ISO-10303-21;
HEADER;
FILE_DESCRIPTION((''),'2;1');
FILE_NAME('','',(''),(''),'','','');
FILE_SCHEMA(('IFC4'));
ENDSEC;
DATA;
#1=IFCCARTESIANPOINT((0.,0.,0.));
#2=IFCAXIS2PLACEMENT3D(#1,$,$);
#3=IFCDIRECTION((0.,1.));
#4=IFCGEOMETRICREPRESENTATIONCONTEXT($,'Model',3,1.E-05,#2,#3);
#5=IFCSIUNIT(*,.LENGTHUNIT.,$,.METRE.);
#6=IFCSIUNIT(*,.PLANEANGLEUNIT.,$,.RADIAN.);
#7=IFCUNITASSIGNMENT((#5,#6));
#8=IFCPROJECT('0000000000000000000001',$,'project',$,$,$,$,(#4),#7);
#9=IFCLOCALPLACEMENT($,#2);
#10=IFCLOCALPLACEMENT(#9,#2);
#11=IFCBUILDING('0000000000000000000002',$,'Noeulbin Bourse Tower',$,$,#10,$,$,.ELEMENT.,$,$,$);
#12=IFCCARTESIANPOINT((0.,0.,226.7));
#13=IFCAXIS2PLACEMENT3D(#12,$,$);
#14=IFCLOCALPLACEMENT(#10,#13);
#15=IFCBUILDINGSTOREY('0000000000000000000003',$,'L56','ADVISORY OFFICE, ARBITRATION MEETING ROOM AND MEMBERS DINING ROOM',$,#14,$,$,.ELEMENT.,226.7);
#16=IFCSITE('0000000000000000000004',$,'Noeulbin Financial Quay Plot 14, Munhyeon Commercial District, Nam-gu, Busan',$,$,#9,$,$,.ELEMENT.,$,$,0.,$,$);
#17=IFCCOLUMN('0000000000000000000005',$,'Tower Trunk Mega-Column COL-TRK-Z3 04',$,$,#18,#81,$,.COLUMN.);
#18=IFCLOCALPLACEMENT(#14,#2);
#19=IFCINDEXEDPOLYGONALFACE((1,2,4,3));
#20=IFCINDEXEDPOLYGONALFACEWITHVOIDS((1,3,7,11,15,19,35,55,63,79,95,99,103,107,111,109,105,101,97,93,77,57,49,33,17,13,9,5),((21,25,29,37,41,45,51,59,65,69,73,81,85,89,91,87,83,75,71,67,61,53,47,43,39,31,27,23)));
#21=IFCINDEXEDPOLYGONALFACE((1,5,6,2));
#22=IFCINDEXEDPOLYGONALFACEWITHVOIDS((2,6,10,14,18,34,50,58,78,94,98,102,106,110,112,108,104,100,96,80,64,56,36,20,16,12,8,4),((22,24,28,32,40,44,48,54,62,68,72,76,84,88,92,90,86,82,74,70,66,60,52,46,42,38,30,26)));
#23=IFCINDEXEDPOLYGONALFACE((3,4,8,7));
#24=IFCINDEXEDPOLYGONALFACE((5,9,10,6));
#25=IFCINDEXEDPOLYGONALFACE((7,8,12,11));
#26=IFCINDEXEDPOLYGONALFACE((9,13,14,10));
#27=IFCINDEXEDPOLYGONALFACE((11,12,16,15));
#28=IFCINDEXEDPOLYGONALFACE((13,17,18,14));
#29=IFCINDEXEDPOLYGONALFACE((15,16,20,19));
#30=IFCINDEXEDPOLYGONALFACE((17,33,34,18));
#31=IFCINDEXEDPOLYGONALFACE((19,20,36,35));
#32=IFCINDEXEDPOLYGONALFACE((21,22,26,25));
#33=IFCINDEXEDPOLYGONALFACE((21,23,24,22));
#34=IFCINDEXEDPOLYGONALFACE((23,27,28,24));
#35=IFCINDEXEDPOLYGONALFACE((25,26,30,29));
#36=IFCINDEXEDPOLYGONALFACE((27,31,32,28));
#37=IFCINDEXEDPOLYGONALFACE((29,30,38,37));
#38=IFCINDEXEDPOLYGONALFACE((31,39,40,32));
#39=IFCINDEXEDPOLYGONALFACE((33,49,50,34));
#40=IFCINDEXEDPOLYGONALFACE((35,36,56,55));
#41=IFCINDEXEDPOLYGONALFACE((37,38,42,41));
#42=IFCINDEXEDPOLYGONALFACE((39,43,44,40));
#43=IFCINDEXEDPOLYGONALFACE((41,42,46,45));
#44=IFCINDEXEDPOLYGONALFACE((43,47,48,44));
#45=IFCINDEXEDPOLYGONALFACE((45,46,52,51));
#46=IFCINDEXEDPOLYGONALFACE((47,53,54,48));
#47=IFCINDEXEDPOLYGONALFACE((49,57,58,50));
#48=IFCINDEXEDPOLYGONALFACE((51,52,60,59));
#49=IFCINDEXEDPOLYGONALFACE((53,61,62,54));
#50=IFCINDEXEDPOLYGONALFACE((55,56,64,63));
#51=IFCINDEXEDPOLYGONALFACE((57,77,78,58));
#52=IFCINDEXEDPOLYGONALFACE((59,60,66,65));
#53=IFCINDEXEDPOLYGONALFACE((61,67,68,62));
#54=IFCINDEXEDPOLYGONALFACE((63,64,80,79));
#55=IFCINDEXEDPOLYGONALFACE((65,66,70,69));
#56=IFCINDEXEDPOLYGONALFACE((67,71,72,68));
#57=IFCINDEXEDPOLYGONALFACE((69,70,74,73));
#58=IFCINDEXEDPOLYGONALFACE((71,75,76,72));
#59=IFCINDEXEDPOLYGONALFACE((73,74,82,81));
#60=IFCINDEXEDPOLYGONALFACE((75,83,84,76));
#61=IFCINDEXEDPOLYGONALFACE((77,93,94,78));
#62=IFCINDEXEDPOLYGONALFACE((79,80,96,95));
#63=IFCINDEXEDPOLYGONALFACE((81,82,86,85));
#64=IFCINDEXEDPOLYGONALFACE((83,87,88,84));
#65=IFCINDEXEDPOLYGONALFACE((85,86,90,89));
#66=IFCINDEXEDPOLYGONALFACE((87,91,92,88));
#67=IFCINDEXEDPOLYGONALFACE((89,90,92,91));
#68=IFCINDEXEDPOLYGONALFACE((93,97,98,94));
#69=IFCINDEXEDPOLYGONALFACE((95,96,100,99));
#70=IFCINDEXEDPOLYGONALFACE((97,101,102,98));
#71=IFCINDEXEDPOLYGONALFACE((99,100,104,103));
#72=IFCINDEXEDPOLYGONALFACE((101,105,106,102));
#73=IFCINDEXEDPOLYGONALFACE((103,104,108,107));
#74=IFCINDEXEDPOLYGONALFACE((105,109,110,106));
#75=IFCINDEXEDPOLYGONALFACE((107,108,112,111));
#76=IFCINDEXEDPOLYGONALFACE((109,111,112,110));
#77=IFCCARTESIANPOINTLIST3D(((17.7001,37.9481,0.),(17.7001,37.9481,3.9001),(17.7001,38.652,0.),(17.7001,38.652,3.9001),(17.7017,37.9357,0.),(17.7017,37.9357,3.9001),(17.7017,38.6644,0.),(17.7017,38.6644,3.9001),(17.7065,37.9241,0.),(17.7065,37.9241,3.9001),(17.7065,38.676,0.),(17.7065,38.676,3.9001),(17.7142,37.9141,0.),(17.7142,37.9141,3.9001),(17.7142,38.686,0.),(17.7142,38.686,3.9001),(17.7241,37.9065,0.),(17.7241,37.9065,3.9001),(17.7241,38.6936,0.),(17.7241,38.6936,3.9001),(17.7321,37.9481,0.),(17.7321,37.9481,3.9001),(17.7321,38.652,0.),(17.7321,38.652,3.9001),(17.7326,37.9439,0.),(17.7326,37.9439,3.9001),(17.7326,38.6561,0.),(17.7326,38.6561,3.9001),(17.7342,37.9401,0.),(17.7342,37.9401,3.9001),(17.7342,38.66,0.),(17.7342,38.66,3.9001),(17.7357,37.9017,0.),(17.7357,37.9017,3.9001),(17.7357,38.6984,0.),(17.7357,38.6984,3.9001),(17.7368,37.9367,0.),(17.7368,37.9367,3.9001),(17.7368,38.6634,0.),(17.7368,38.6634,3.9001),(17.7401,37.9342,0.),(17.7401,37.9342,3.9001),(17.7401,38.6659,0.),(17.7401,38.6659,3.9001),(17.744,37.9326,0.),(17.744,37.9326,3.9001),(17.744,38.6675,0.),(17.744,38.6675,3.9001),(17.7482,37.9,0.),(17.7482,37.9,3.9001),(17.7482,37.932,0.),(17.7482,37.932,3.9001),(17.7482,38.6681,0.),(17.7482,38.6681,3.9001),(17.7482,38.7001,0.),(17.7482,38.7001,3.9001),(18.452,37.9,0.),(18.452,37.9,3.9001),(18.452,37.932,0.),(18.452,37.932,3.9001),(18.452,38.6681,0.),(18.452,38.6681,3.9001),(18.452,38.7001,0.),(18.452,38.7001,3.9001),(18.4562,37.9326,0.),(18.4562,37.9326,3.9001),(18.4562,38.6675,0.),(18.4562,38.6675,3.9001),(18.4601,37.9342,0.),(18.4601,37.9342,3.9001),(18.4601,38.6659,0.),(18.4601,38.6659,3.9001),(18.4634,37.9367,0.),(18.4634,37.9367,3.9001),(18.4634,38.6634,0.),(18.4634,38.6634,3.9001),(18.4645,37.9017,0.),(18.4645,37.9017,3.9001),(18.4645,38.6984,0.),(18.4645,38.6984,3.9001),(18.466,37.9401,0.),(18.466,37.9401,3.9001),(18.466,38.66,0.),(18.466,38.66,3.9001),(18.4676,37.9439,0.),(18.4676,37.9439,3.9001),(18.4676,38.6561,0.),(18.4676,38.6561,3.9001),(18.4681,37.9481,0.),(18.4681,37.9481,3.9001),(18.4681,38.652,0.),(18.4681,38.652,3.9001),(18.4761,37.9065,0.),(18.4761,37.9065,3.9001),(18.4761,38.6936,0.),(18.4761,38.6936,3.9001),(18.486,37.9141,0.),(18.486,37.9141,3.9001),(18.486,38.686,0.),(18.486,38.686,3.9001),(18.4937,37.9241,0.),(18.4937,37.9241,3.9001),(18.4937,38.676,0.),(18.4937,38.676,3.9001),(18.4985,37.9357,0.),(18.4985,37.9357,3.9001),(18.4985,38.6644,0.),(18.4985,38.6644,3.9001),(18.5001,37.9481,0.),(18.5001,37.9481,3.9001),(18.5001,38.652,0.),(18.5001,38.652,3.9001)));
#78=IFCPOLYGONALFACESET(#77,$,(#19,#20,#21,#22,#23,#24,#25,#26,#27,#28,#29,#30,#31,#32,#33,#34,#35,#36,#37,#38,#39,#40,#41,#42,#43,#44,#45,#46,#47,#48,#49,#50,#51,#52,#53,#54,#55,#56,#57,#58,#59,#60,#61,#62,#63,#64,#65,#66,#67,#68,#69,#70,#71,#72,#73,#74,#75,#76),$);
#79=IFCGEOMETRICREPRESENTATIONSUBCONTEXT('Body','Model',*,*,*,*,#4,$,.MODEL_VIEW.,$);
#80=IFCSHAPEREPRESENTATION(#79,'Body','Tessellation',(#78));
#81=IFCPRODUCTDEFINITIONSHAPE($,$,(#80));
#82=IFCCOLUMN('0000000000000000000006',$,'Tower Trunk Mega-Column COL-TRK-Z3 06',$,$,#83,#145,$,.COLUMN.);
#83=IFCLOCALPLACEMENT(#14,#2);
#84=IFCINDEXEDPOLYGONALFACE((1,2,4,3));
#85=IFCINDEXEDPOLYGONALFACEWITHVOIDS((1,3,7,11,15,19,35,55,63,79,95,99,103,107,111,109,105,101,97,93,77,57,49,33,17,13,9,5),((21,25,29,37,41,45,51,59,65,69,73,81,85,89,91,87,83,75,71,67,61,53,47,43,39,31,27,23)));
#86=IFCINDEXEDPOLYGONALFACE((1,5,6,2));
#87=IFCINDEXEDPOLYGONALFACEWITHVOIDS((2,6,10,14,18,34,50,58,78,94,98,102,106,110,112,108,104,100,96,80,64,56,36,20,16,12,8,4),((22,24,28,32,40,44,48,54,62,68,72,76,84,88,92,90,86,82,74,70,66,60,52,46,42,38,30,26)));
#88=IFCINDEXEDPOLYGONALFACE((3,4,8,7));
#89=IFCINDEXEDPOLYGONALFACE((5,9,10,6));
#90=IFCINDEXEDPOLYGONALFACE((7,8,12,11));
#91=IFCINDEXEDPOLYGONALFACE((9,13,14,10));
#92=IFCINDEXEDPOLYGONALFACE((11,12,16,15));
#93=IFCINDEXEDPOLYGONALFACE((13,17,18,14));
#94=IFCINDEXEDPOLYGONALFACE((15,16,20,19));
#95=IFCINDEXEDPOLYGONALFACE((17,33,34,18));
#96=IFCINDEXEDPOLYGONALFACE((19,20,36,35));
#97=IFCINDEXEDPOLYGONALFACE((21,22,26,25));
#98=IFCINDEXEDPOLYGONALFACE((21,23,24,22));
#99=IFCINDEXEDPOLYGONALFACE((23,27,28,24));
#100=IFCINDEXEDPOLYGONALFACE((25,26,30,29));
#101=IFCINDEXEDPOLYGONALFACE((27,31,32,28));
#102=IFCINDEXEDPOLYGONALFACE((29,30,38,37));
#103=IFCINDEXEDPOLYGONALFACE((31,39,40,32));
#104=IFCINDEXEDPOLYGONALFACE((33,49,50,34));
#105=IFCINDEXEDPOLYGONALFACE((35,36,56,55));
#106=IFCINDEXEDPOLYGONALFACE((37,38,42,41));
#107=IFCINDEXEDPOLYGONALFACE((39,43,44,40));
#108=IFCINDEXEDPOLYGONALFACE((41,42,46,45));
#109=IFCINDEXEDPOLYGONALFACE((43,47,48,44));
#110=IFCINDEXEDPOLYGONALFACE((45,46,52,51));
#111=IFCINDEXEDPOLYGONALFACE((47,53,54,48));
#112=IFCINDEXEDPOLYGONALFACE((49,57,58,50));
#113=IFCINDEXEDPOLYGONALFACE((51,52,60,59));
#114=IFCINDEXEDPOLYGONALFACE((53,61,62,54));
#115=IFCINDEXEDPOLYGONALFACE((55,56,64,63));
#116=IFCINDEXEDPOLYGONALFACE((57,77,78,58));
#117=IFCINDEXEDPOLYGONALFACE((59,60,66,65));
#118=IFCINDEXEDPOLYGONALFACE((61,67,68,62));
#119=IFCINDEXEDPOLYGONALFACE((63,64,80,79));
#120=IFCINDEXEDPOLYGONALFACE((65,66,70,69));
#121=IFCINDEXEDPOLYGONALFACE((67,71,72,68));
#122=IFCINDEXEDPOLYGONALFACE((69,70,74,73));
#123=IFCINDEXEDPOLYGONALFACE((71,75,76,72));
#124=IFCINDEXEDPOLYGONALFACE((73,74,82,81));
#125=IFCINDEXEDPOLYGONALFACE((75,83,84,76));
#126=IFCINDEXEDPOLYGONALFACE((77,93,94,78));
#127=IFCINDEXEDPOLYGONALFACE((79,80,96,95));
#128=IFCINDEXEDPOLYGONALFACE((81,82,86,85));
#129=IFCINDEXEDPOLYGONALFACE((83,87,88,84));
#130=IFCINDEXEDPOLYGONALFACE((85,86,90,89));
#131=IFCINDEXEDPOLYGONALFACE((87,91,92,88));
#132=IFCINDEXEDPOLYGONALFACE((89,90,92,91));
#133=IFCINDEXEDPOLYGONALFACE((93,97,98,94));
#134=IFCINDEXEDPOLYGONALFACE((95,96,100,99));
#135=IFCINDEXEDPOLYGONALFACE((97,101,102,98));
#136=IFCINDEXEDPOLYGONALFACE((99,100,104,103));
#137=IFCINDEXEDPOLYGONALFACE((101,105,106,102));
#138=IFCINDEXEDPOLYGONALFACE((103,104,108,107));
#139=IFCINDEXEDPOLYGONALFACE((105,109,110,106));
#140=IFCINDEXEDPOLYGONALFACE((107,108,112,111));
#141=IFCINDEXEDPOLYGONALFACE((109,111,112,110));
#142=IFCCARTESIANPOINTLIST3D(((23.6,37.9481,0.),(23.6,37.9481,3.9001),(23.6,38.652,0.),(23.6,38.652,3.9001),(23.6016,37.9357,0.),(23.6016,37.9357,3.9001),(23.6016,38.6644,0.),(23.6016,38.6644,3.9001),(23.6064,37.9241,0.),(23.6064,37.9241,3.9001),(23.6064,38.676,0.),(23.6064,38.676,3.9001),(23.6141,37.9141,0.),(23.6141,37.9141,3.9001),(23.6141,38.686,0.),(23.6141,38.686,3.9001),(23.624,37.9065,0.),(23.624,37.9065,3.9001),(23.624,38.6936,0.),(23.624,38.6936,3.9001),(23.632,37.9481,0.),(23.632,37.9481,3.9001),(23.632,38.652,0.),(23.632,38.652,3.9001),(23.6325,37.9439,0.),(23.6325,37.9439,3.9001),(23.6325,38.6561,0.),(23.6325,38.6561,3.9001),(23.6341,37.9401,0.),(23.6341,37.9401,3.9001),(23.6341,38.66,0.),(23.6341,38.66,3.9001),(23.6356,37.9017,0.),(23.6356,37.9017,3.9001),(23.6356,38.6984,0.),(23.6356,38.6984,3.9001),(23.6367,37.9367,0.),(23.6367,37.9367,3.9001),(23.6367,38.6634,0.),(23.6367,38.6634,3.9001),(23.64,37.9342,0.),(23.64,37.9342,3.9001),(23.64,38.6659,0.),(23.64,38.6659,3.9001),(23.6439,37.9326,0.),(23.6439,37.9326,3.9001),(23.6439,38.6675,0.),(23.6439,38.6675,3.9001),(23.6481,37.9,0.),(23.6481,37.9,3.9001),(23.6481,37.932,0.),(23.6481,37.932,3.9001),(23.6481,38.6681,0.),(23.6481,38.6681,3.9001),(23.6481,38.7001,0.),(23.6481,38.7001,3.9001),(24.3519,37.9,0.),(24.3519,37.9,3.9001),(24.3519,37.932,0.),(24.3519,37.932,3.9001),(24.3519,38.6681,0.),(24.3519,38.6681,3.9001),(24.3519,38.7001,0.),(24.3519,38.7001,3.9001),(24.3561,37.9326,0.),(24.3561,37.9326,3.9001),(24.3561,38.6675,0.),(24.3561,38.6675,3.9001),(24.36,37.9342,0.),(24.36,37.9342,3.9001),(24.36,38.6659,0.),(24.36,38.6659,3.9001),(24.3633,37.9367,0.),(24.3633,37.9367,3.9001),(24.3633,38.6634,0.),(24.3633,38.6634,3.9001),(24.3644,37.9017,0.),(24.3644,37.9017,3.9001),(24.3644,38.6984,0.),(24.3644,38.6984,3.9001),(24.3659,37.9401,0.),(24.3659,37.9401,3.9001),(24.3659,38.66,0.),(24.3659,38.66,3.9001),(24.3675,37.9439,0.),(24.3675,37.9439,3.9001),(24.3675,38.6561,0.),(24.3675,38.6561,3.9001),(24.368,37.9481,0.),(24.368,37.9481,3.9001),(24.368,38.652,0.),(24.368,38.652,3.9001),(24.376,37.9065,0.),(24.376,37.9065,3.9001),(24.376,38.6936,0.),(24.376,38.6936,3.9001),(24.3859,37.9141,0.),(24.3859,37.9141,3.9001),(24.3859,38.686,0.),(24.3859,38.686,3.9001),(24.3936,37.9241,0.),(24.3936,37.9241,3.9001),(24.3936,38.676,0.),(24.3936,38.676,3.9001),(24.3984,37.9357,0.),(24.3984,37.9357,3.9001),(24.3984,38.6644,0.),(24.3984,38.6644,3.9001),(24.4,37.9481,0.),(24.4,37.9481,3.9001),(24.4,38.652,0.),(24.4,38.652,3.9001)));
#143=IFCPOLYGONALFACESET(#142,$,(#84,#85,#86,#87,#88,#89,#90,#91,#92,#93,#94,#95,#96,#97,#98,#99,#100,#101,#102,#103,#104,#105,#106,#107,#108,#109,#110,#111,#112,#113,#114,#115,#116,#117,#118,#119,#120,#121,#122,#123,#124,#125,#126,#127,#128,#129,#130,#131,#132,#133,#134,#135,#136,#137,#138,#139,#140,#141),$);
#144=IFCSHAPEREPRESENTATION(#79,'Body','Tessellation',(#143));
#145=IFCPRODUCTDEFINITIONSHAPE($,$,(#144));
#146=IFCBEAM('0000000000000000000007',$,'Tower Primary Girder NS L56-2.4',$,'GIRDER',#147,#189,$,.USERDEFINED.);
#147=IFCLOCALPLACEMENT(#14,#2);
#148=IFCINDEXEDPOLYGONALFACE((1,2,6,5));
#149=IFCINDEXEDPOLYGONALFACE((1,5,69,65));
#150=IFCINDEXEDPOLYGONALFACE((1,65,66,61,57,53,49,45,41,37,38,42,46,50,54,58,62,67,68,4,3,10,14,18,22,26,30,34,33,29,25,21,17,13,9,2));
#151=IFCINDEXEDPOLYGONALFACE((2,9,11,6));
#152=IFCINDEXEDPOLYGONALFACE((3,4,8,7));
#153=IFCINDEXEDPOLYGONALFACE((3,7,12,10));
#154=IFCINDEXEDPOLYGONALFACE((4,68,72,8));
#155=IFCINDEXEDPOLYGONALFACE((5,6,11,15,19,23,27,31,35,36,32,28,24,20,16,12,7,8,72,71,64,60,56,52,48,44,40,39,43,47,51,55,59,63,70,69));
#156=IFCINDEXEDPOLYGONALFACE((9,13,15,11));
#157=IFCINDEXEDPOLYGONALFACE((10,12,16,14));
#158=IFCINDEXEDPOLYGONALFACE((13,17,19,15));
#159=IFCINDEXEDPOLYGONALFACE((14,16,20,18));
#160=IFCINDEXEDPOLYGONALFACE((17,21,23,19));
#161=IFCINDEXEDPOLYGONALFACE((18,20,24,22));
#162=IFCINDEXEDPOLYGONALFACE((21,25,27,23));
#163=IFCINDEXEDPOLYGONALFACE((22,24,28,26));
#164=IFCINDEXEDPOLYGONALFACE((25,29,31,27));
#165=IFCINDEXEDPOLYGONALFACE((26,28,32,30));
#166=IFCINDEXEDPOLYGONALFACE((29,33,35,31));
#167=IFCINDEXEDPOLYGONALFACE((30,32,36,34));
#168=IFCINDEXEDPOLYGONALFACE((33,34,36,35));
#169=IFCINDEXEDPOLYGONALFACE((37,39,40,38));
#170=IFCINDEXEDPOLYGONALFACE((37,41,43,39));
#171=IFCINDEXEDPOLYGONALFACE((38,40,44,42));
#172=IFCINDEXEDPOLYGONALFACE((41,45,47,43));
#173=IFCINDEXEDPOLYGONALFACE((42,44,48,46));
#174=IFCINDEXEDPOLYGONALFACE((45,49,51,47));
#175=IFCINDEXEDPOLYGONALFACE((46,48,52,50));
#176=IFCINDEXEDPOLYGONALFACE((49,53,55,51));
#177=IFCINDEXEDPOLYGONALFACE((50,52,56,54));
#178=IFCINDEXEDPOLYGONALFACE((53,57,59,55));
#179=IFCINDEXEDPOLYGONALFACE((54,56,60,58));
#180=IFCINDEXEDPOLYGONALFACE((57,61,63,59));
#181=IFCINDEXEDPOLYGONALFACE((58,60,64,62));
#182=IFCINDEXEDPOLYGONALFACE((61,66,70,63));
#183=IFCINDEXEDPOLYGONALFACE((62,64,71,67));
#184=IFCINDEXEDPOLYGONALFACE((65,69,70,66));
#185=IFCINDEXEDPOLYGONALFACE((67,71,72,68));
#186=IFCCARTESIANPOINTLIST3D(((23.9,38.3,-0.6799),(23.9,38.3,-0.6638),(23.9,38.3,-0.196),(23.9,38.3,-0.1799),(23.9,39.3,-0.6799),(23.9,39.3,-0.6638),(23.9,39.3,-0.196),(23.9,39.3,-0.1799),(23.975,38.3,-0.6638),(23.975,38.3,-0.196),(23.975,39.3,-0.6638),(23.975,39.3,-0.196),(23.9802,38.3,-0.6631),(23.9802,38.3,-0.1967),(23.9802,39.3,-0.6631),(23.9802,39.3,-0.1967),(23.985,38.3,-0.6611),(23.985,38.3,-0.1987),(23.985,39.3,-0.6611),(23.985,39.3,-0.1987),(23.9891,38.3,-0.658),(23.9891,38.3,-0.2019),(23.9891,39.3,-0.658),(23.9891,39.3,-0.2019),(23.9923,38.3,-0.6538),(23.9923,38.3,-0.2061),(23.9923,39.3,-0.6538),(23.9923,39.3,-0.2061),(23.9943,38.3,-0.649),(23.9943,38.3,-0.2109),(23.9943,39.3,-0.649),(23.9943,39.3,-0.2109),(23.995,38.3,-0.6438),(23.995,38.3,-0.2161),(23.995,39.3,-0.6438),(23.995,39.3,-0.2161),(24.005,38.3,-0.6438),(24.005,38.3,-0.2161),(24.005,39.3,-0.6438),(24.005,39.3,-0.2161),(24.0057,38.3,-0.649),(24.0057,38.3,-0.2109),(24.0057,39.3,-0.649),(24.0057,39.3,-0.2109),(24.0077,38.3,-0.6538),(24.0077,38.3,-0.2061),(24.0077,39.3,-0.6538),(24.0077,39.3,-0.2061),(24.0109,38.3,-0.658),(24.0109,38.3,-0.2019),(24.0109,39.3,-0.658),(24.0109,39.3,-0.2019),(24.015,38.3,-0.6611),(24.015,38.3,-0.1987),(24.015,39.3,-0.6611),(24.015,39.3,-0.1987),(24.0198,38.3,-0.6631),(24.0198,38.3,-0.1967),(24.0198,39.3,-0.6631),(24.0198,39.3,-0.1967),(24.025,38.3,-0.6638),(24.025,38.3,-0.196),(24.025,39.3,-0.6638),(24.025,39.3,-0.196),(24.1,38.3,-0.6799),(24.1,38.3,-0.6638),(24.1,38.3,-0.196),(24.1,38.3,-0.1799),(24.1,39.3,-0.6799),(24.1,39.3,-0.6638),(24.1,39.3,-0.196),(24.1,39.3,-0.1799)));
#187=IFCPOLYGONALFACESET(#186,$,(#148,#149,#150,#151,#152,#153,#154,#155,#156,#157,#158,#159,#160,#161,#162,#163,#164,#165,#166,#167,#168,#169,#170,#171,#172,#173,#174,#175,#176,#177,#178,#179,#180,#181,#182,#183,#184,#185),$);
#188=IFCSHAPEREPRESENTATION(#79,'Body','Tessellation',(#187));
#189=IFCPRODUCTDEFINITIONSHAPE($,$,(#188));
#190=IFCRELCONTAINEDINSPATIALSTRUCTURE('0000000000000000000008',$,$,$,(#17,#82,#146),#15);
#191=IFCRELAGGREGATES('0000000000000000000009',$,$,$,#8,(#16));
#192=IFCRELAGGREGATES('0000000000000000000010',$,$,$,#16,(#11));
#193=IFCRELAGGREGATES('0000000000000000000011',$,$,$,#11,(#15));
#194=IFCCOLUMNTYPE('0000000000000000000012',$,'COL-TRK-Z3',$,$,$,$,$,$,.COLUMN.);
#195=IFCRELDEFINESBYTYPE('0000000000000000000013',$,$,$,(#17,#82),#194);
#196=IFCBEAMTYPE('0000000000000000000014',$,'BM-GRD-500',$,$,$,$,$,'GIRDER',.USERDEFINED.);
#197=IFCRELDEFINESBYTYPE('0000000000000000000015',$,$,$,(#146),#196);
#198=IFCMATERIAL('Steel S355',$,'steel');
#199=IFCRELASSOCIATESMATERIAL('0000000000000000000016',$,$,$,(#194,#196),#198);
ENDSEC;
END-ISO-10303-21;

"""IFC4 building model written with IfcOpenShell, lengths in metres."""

from ifc_helpers import new_model, si_unit, direction, frame, origin, origin_2d, place, context, subcontext, project, spatial, hollow_rectangle, i_section, extrude, material, material_profile, profile_set, type_object, element, save


model = new_model("IFC4")

# Units and contexts
model_context = context("Model", 3, precision=1e-05, world=origin(), true_north=direction((0.0, 1.0)))
body_context = subcontext(model_context, "Body", "Model", "MODEL_VIEW")
ifc_project = project(units=[si_unit("LENGTHUNIT", "METRE"), si_unit("PLANEANGLEUNIT", "RADIAN")], contexts=[model_context])

# Site, building, storey
site_placement = place(None, origin())
site = spatial("IfcSite", under=ifc_project, at=site_placement, Name="Noeulbin Financial Quay Plot 14, Munhyeon Commercial District, Nam-gu, Busan", CompositionType="ELEMENT", RefElevation=0.0)
building_placement = place(site_placement, origin())
building = spatial("IfcBuilding", under=site, at=building_placement, Name="Noeulbin Bourse Tower", CompositionType="ELEMENT")
storey_placement = place(building_placement, frame((0.0, 0.0, 226.7)))
storey = spatial("IfcBuildingStorey", under=building, at=storey_placement, Name="L56", Description="ADVISORY OFFICE, ARBITRATION MEETING ROOM AND MEMBERS DINING ROOM", CompositionType="ELEMENT", Elevation=226.7)

# Columns
ifc_material_1 = material(Name="Steel S355", Category="steel")
ifc_material_profile_1 = material_profile(ifc_material_1, hollow_rectangle(XDim=0.8, YDim=0.8, WallThickness=0.032, InnerFilletRadius=0.0161, OuterFilletRadius=0.0481, at=origin_2d()), Name="BOX-800x800x32", Category="LoadBearing")
ifc_profile_set_1 = profile_set([ifc_material_profile_1], Name="Steel S355")
column_type = type_object("IfcColumnType", Name="COL-TRK-Z3", PredefinedType="COLUMN", material=ifc_profile_set_1)
for number, where, z_axis, x_axis, name in (
    (1, (18.1001, 38.3, 0.0), (0.0, 0.0, 1.0), (1.0, 0.0, 0.0), "Tower Trunk Mega-Column COL-TRK-Z3 04"),
    (2, (24.0, 38.3, 0.0), (0.0, 0.0, 1.0), (1.0, 0.0, 0.0), "Tower Trunk Mega-Column COL-TRK-Z3 06"),
):
    element("IfcColumn", number, at=place(storey_placement, frame(where, z_axis=z_axis, x_axis=x_axis)), inside=storey, type_object=column_type, Name=name, PredefinedType="COLUMN", context=body_context, shape_type="SweptSolid", body=[
        extrude(hollow_rectangle(XDim=0.8, YDim=0.8, WallThickness=0.032, InnerFilletRadius=0.0161, OuterFilletRadius=0.0481, at=origin_2d()), origin(), (0.0, 0.0, 1.0), 3.9001),
    ])

# Beam
ifc_material_profile_2 = material_profile(ifc_material_1, i_section(OverallWidth=0.2, OverallDepth=0.5, WebThickness=0.01, FlangeThickness=0.0161, FilletRadius=0.02, at=origin_2d()), Name="H-500x200x10x16", Category="LoadBearing")
ifc_profile_set_2 = profile_set([ifc_material_profile_2], Name="Steel S355")
beam_type = type_object("IfcBeamType", Name="BM-GRD-500", ElementType="GIRDER", PredefinedType="USERDEFINED", material=ifc_profile_set_2)
beam_placement = place(storey_placement, frame((24.0, 38.3, -0.4299), z_axis=(0.0, 1.0, 0.0), x_axis=(-1.0, 0.0, 0.0)))
element("IfcBeam", 3, at=beam_placement, inside=storey, type_object=beam_type, Name="Tower Primary Girder NS L56-2.4", ObjectType="GIRDER", PredefinedType="USERDEFINED", context=body_context, shape_type="SweptSolid", body=[
    extrude(i_section(OverallWidth=0.2, OverallDepth=0.5, WebThickness=0.01, FlangeThickness=0.0161, FilletRadius=0.02, at=origin_2d()), origin(), (0.0, 0.0, 1.0), 1.0),
])

save(model, "model.ifc")
